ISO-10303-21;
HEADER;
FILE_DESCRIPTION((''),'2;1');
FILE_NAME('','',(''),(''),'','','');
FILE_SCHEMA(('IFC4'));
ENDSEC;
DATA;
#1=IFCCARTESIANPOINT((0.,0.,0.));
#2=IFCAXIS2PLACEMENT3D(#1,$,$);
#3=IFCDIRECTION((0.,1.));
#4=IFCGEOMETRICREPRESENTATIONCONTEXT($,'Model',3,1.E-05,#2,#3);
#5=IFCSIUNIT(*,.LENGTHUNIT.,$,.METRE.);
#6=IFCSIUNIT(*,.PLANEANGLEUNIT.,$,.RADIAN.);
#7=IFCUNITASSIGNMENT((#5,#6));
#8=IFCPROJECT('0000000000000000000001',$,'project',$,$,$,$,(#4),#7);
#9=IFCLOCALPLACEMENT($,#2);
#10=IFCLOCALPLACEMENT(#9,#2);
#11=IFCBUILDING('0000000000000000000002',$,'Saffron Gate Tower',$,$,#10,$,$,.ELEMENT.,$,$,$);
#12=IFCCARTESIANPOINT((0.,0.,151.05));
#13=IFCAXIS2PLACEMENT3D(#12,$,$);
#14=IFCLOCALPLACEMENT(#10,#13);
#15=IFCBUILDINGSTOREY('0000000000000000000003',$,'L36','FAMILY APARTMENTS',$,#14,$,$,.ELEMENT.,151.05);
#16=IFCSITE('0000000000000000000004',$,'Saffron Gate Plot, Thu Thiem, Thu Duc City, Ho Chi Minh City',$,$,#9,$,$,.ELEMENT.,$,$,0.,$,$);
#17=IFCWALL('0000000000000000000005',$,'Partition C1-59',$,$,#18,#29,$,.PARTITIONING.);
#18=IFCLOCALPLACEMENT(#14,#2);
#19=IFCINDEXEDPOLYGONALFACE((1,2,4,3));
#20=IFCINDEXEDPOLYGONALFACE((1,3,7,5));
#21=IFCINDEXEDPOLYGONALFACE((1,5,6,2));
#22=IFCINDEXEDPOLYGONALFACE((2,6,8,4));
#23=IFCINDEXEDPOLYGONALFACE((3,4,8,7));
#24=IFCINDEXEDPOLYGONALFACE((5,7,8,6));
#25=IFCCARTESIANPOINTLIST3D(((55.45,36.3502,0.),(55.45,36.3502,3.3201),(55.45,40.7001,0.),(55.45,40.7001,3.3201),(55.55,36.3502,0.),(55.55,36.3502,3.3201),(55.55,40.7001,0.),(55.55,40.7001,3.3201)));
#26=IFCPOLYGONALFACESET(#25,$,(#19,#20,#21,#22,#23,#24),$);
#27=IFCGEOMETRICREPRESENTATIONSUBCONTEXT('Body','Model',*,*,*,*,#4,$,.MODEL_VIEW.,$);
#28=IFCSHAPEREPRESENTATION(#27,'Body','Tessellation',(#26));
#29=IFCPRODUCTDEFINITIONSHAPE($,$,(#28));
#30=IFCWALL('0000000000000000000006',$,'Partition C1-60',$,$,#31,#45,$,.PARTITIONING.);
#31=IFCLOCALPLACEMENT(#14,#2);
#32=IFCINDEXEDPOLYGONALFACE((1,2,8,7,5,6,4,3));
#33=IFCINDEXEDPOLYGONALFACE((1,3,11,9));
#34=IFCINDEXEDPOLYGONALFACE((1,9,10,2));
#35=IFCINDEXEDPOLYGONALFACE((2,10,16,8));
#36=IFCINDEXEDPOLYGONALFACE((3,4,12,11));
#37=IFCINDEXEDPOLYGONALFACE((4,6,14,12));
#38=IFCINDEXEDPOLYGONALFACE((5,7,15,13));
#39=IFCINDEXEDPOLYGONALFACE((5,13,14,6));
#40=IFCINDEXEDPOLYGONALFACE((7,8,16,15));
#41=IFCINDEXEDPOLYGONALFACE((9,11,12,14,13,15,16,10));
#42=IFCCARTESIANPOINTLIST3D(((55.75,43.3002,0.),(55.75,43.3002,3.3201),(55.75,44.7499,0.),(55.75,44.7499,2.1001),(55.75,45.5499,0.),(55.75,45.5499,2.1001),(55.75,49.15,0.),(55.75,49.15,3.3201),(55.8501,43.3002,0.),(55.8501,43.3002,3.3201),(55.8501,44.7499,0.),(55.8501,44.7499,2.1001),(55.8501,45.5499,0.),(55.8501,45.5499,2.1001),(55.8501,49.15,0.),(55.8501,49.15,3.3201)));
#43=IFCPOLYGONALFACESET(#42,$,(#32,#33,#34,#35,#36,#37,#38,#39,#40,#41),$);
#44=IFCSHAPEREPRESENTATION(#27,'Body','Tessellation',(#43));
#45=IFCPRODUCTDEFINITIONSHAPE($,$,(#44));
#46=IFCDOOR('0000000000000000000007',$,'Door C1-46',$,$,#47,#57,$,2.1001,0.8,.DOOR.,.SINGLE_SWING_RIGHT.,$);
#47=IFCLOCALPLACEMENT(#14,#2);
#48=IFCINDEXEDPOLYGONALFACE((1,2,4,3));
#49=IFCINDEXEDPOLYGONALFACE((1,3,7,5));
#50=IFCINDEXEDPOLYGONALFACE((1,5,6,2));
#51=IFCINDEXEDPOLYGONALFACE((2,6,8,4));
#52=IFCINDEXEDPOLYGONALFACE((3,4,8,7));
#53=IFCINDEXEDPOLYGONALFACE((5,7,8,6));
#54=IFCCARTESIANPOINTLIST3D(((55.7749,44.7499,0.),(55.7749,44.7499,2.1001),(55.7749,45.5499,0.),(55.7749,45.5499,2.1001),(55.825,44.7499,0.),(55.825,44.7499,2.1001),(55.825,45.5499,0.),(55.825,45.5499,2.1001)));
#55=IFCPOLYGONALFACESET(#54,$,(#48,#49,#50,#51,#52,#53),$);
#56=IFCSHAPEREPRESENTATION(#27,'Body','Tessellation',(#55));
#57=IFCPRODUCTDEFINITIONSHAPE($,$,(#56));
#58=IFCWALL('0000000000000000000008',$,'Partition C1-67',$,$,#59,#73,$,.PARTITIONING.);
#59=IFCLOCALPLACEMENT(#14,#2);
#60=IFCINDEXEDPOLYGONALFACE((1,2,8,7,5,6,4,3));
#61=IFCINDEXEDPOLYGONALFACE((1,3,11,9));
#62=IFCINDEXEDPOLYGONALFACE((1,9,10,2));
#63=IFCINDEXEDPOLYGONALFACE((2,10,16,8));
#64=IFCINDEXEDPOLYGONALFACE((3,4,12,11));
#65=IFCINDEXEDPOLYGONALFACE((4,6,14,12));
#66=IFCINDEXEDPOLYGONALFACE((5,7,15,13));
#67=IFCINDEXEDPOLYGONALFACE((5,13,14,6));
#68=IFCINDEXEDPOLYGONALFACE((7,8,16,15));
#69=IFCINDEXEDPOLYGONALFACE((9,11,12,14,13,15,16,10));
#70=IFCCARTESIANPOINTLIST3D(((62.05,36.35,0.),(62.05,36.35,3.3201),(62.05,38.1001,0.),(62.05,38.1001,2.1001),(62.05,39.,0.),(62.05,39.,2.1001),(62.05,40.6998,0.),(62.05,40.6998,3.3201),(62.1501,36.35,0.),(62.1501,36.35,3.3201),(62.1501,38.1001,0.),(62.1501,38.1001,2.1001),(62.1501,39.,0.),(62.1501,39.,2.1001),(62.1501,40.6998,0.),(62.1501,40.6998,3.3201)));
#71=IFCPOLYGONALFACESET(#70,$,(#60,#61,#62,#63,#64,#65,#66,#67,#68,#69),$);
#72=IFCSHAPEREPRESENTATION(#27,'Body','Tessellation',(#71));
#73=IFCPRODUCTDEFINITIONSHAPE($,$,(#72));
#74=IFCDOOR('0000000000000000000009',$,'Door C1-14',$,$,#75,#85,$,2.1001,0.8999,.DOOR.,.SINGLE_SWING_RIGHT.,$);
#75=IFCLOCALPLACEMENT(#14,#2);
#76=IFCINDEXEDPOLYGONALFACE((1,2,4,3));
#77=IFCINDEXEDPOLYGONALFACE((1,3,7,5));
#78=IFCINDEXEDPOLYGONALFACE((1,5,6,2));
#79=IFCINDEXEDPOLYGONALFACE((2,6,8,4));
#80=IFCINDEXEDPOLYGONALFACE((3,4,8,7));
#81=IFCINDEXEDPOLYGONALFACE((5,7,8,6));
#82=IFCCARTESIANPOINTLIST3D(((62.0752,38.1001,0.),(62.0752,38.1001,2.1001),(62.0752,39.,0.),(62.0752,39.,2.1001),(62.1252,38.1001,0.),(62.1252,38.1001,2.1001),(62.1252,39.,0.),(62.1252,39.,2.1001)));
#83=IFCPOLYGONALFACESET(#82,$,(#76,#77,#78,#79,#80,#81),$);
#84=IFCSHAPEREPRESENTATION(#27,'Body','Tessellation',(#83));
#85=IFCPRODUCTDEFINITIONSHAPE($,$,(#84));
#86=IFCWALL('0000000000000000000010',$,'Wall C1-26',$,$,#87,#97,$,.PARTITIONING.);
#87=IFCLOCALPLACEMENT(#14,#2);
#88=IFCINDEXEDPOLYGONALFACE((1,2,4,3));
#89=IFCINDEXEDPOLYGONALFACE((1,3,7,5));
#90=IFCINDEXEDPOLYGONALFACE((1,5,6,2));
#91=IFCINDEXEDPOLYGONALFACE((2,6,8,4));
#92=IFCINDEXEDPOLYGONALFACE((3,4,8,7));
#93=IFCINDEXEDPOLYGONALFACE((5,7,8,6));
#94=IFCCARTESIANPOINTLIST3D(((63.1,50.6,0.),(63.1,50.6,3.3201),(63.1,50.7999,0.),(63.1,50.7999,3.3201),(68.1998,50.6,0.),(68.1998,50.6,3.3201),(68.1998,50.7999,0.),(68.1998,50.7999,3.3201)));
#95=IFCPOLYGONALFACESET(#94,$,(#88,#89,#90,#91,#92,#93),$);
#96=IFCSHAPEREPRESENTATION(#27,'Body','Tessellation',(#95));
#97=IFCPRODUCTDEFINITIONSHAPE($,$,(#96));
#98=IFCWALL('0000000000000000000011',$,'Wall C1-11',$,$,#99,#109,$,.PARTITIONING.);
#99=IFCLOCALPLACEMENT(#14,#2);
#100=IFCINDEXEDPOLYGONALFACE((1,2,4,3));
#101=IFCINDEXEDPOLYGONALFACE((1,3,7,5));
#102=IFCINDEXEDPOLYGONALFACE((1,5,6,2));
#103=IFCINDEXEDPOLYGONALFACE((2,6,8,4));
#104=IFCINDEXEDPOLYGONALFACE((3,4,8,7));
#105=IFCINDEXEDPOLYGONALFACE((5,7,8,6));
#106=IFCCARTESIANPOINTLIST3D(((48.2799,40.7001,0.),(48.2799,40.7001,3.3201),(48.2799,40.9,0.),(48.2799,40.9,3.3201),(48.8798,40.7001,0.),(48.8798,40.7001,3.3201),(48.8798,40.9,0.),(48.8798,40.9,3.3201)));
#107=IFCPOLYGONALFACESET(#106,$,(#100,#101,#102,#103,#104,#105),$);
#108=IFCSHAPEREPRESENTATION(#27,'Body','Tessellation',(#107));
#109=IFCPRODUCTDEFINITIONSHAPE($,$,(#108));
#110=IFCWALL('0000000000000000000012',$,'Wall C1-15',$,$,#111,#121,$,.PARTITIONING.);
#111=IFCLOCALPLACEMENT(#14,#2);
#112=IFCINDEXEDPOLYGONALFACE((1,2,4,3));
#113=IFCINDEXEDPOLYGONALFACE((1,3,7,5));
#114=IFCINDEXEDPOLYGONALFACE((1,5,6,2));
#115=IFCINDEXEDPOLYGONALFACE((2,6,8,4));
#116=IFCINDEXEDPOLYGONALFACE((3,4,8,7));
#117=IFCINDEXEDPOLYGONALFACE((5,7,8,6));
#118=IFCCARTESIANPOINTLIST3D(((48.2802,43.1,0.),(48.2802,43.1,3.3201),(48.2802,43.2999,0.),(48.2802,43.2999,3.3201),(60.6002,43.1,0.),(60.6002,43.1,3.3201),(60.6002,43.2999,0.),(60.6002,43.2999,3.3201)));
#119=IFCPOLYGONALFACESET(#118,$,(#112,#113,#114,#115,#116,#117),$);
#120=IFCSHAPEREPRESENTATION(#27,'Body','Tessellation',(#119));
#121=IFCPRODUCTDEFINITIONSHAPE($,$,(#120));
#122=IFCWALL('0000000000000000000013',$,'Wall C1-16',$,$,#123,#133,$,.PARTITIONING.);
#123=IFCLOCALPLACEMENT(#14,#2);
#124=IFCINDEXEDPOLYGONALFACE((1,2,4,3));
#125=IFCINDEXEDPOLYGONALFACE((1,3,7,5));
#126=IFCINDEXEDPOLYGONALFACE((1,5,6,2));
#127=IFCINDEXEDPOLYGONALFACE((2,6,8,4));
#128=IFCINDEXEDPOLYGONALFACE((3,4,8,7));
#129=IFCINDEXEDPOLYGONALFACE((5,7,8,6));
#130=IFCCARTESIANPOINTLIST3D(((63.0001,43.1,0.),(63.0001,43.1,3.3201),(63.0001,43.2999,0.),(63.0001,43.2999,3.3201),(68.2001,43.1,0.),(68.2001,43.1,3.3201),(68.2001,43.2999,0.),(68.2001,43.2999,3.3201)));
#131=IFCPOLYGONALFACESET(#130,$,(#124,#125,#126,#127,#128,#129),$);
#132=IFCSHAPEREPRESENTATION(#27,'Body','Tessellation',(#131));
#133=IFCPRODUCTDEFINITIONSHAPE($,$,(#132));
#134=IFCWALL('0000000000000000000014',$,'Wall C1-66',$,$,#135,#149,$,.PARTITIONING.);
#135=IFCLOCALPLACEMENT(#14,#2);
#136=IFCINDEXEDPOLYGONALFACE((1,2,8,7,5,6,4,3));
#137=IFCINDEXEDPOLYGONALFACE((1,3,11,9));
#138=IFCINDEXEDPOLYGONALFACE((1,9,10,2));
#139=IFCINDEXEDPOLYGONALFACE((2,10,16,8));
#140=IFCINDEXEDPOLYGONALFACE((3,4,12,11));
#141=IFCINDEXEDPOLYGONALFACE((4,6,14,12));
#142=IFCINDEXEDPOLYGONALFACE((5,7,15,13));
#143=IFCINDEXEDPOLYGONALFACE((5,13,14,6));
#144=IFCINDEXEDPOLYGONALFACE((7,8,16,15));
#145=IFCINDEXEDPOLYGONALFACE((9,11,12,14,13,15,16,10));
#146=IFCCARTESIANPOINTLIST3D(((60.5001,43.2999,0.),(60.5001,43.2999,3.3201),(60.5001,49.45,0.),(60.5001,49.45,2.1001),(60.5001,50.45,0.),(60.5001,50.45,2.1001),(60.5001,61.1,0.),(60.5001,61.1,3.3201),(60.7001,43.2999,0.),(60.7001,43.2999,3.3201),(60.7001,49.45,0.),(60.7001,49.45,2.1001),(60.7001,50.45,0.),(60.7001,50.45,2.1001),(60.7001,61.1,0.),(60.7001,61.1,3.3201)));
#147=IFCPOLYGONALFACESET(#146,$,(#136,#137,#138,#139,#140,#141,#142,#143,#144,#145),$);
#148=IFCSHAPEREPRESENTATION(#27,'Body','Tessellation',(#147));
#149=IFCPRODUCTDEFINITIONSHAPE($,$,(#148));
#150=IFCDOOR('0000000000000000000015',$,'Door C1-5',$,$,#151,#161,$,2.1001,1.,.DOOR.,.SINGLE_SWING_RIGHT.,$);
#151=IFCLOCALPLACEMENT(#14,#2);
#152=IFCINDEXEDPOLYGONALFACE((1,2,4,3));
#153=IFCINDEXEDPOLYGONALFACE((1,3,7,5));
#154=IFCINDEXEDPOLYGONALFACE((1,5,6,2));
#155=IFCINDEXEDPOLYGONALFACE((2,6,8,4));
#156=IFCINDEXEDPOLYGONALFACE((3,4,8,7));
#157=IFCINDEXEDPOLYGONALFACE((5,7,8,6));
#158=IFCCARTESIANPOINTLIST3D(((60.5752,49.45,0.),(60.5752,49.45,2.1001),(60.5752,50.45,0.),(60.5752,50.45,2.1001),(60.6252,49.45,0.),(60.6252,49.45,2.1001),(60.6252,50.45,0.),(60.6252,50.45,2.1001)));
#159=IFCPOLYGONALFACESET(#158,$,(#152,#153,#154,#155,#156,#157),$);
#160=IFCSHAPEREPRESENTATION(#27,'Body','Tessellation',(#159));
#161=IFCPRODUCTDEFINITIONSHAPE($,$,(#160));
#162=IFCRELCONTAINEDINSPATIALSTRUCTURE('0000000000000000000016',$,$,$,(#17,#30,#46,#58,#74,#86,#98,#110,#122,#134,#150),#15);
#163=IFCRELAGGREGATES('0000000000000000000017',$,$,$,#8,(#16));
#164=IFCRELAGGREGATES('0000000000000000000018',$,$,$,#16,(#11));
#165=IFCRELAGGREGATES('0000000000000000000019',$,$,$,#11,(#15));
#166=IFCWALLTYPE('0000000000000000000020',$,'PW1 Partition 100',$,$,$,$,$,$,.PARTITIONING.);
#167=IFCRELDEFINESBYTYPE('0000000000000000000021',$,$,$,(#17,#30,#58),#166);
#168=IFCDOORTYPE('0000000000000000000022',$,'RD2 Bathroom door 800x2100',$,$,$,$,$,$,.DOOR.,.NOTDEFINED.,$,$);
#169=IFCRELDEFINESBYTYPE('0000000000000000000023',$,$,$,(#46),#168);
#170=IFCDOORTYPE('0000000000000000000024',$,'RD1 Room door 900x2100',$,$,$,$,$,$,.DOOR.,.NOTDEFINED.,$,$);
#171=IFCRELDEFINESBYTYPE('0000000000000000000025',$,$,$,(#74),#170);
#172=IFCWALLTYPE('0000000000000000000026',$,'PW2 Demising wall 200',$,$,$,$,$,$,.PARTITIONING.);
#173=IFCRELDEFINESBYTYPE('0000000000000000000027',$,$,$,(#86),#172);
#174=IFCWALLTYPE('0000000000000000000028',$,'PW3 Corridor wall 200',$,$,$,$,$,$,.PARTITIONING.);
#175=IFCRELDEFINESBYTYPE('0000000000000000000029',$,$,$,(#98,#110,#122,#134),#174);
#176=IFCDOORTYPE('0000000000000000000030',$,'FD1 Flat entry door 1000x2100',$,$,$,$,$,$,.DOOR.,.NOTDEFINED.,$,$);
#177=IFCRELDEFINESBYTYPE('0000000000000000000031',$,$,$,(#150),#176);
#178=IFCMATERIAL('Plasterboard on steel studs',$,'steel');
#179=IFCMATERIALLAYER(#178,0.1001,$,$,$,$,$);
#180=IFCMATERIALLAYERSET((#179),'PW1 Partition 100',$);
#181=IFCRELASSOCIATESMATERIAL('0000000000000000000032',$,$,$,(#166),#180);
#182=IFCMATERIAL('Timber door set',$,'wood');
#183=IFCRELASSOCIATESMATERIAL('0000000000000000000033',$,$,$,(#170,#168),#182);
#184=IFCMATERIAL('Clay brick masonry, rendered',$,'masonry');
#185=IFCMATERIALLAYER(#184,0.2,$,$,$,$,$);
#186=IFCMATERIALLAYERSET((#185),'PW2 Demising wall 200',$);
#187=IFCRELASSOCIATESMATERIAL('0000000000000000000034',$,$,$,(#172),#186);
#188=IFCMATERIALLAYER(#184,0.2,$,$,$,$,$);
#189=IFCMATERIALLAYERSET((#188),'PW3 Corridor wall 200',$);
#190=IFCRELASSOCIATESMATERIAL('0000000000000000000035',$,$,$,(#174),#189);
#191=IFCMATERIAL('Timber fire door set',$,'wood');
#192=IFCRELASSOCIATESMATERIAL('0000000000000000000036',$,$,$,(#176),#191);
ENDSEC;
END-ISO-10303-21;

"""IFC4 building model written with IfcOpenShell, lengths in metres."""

from ifc_helpers import new_model, si_unit, direction, frame, frame_2d, origin, place, context, subcontext, project, spatial, rectangle, extrude, material, layer, layer_set, type_object, element, fill, save


model = new_model("IFC4")

# Units and contexts
model_context = context("Model", 3, precision=1e-05, world=origin(), true_north=direction((0.0, 1.0)))
body_context = subcontext(model_context, "Body", "Model", "MODEL_VIEW")
ifc_project = project(units=[si_unit("LENGTHUNIT", "METRE"), si_unit("PLANEANGLEUNIT", "RADIAN")], contexts=[model_context])

# Site, building, storey
site_placement = place(None, origin())
site = spatial("IfcSite", under=ifc_project, at=site_placement, Name="Saffron Gate Plot, Thu Thiem, Thu Duc City, Ho Chi Minh City", CompositionType="ELEMENT", RefElevation=0.0)
building_placement = place(site_placement, origin())
building = spatial("IfcBuilding", under=site, at=building_placement, Name="Saffron Gate Tower", CompositionType="ELEMENT")
storey_placement = place(building_placement, frame((0.0, 0.0, 151.05)))
storey = spatial("IfcBuildingStorey", under=building, at=storey_placement, Name="L36", Description="FAMILY APARTMENTS", CompositionType="ELEMENT", Elevation=151.05)

# Shared definitions
ifc_material_1 = material(Name="Plasterboard on steel studs", Category="steel")
ifc_layer_1 = layer(ifc_material_1, 0.1001)
ifc_layer_set_1 = layer_set([ifc_layer_1], Name="PW1 Partition 100")
wall_type_1 = type_object("IfcWallType", Name="PW1 Partition 100", PredefinedType="PARTITIONING", material=ifc_layer_set_1)

# Shared definitions
ifc_material_2 = material(Name="Timber door set", Category="wood")
door_type_1 = type_object("IfcDoorType", Name="RD1 Room door 900x2100", OperationType="NOTDEFINED", PredefinedType="DOOR", material=ifc_material_2)
door_type_2 = type_object("IfcDoorType", Name="RD2 Bathroom door 800x2100", OperationType="NOTDEFINED", PredefinedType="DOOR", material=ifc_material_2)

# Wall
wall_1_placement = place(storey_placement, frame((55.5, 40.7, 0.0), z_axis=(0.0, 0.0, 1.0), x_axis=(0.0, -1.0, 0.0)))
element("IfcWall", 1, at=wall_1_placement, inside=storey, type_object=wall_type_1, Name="Partition C1-59", PredefinedType="PARTITIONING", context=body_context, shape_type="SweptSolid", body=[
    extrude(rectangle(XDim=4.3499, YDim=0.1001, at=frame_2d((2.1748, 0.0))), origin(), (0.0, 0.0, 1.0), 3.3201),
])

# Walls, openings, doors
wall_2_placement = place(storey_placement, frame((55.8, 49.1499, 0.0), z_axis=(0.0, 0.0, 1.0), x_axis=(0.0, -1.0, 0.0)))
wall_2 = element("IfcWall", 2, at=wall_2_placement, inside=storey, type_object=wall_type_1, Name="Partition C1-60", PredefinedType="PARTITIONING", context=body_context, shape_type="SweptSolid", body=[
    extrude(rectangle(XDim=5.8499, YDim=0.1001, at=frame_2d((2.9248, 0.0))), origin(), (0.0, 0.0, 1.0), 3.3201),
])
opening_1_placement = place(wall_2_placement, frame((3.6001, 0.0, 0.0)))
opening_1 = element("IfcOpeningElement", 3, at=opening_1_placement, cuts=wall_2, PredefinedType="OPENING", context=body_context, shape_type="SweptSolid", body=[
    extrude(rectangle(XDim=0.8, YDim=2.1001, at=frame_2d((0.3999, 1.05))), frame((0.0, 0.0601, 0.0), z_axis=(0.0, -1.0, 0.0), x_axis=(1.0, 0.0, 0.0)), (0.0, 0.0, 1.0), 0.1201),
])
door_1_placement = place(opening_1_placement, origin())
door_1 = element("IfcDoor", 4, at=door_1_placement, inside=storey, type_object=door_type_2, Name="Door C1-46", OperationType="SINGLE_SWING_RIGHT", OverallHeight=2.1001, OverallWidth=0.8, PredefinedType="DOOR", context=body_context, shape_type="SweptSolid", body=[
    extrude(rectangle(XDim=0.8, YDim=2.1001, at=frame_2d((0.3999, 1.05))), frame((0.0, 0.0249, 0.0), z_axis=(0.0, -1.0, 0.0), x_axis=(1.0, 0.0, 0.0)), (0.0, 0.0, 1.0), 0.05),
])
fill(opening_1, door_1)
wall_3_placement = place(storey_placement, frame((62.1001, 36.3501, 0.0), z_axis=(0.0, 0.0, 1.0), x_axis=(0.0, 1.0, 0.0)))
wall_3 = element("IfcWall", 5, at=wall_3_placement, inside=storey, type_object=wall_type_1, Name="Partition C1-67", PredefinedType="PARTITIONING", context=body_context, shape_type="SweptSolid", body=[
    extrude(rectangle(XDim=4.3499, YDim=0.1001, at=frame_2d((2.1748, 0.0))), origin(), (0.0, 0.0, 1.0), 3.3201),
])
opening_2_placement = place(wall_3_placement, frame((1.75, 0.0, 0.0)))
opening_2 = element("IfcOpeningElement", 6, at=opening_2_placement, cuts=wall_3, PredefinedType="OPENING", context=body_context, shape_type="SweptSolid", body=[
    extrude(rectangle(XDim=0.8999, YDim=2.1001, at=frame_2d((0.45, 1.05))), frame((0.0, 0.0601, 0.0), z_axis=(0.0, -1.0, 0.0), x_axis=(1.0, 0.0, 0.0)), (0.0, 0.0, 1.0), 0.1201),
])
door_2_placement = place(opening_2_placement, origin())
door_2 = element("IfcDoor", 7, at=door_2_placement, inside=storey, type_object=door_type_1, Name="Door C1-14", OperationType="SINGLE_SWING_RIGHT", OverallHeight=2.1001, OverallWidth=0.8999, PredefinedType="DOOR", context=body_context, shape_type="SweptSolid", body=[
    extrude(rectangle(XDim=0.8999, YDim=2.1001, at=frame_2d((0.45, 1.05))), frame((0.0, 0.0249, 0.0), z_axis=(0.0, -1.0, 0.0), x_axis=(1.0, 0.0, 0.0)), (0.0, 0.0, 1.0), 0.05),
])
fill(opening_2, door_2)

# Walls
ifc_material_3 = material(Name="Clay brick masonry, rendered", Category="masonry")
ifc_layer_2 = layer(ifc_material_3, 0.2)
ifc_layer_set_2 = layer_set([ifc_layer_2], Name="PW2 Demising wall 200")
wall_type_2 = type_object("IfcWallType", Name="PW2 Demising wall 200", PredefinedType="PARTITIONING", material=ifc_layer_set_2)
wall_4_placement = place(storey_placement, frame((63.1001, 50.7, 0.0), z_axis=(0.0, 0.0, 1.0), x_axis=(1.0, 0.0, 0.0)))
element("IfcWall", 8, at=wall_4_placement, inside=storey, type_object=wall_type_2, Name="Wall C1-26", PredefinedType="PARTITIONING", context=body_context, shape_type="SweptSolid", body=[
    extrude(rectangle(XDim=5.0999, YDim=0.2, at=frame_2d((2.5498, 0.0))), origin(), (0.0, 0.0, 1.0), 3.3201),
])
ifc_layer_3 = layer(ifc_material_3, 0.2)
ifc_layer_set_3 = layer_set([ifc_layer_3], Name="PW3 Corridor wall 200")
wall_type_3 = type_object("IfcWallType", Name="PW3 Corridor wall 200", PredefinedType="PARTITIONING", material=ifc_layer_set_3)
wall_5_placement = place(storey_placement, frame((48.28, 40.8, 0.0), z_axis=(0.0, 0.0, 1.0), x_axis=(1.0, 0.0, 0.0)))
element("IfcWall", 9, at=wall_5_placement, inside=storey, type_object=wall_type_3, Name="Wall C1-11", PredefinedType="PARTITIONING", context=body_context, shape_type="SweptSolid", body=[
    extrude(rectangle(XDim=0.5999, YDim=0.2, at=frame_2d((0.2998, 0.0))), origin(), (0.0, 0.0, 1.0), 3.3201),
])
wall_6_placement = place(storey_placement, frame((48.28, 43.2, 0.0), z_axis=(0.0, 0.0, 1.0), x_axis=(1.0, 0.0, 0.0)))
element("IfcWall", 10, at=wall_6_placement, inside=storey, type_object=wall_type_3, Name="Wall C1-15", PredefinedType="PARTITIONING", context=body_context, shape_type="SweptSolid", body=[
    extrude(rectangle(XDim=12.3201, YDim=0.2, at=frame_2d((6.1602, 0.0))), origin(), (0.0, 0.0, 1.0), 3.3201),
])
wall_7_placement = place(storey_placement, frame((63.0, 43.2, 0.0), z_axis=(0.0, 0.0, 1.0), x_axis=(1.0, 0.0, 0.0)))
element("IfcWall", 11, at=wall_7_placement, inside=storey, type_object=wall_type_3, Name="Wall C1-16", PredefinedType="PARTITIONING", context=body_context, shape_type="SweptSolid", body=[
    extrude(rectangle(XDim=5.2, YDim=0.2, at=frame_2d((2.6001, 0.0))), origin(), (0.0, 0.0, 1.0), 3.3201),
])

# Wall, opening, door
wall_8_placement = place(storey_placement, frame((60.6001, 43.3, 0.0), z_axis=(0.0, 0.0, 1.0), x_axis=(0.0, 1.0, 0.0)))
wall_8 = element("IfcWall", 12, at=wall_8_placement, inside=storey, type_object=wall_type_3, Name="Wall C1-66", PredefinedType="PARTITIONING", context=body_context, shape_type="SweptSolid", body=[
    extrude(rectangle(XDim=17.8, YDim=0.2, at=frame_2d((8.8999, 0.0))), origin(), (0.0, 0.0, 1.0), 3.3201),
])
opening_3_placement = place(wall_8_placement, frame((6.1499, 0.0, 0.0)))
opening_3 = element("IfcOpeningElement", 13, at=opening_3_placement, cuts=wall_8, PredefinedType="OPENING", context=body_context, shape_type="SweptSolid", body=[
    extrude(rectangle(XDim=1.0, YDim=2.1001, at=frame_2d((0.5, 1.05))), frame((0.0, 0.1099, 0.0), z_axis=(0.0, -1.0, 0.0), x_axis=(1.0, 0.0, 0.0)), (0.0, 0.0, 1.0), 0.22),
])
ifc_material_4 = material(Name="Timber fire door set", Category="wood")
door_type_3 = type_object("IfcDoorType", Name="FD1 Flat entry door 1000x2100", OperationType="NOTDEFINED", PredefinedType="DOOR", material=ifc_material_4)
door_3_placement = place(opening_3_placement, origin())
door_3 = element("IfcDoor", 14, at=door_3_placement, inside=storey, type_object=door_type_3, Name="Door C1-5", OperationType="SINGLE_SWING_RIGHT", OverallHeight=2.1001, OverallWidth=1.0, PredefinedType="DOOR", context=body_context, shape_type="SweptSolid", body=[
    extrude(rectangle(XDim=1.0, YDim=2.1001, at=frame_2d((0.5, 1.05))), frame((0.0, 0.0249, 0.0), z_axis=(0.0, -1.0, 0.0), x_axis=(1.0, 0.0, 0.0)), (0.0, 0.0, 1.0), 0.05),
])
fill(opening_3, door_3)

save(model, "model.ifc")
